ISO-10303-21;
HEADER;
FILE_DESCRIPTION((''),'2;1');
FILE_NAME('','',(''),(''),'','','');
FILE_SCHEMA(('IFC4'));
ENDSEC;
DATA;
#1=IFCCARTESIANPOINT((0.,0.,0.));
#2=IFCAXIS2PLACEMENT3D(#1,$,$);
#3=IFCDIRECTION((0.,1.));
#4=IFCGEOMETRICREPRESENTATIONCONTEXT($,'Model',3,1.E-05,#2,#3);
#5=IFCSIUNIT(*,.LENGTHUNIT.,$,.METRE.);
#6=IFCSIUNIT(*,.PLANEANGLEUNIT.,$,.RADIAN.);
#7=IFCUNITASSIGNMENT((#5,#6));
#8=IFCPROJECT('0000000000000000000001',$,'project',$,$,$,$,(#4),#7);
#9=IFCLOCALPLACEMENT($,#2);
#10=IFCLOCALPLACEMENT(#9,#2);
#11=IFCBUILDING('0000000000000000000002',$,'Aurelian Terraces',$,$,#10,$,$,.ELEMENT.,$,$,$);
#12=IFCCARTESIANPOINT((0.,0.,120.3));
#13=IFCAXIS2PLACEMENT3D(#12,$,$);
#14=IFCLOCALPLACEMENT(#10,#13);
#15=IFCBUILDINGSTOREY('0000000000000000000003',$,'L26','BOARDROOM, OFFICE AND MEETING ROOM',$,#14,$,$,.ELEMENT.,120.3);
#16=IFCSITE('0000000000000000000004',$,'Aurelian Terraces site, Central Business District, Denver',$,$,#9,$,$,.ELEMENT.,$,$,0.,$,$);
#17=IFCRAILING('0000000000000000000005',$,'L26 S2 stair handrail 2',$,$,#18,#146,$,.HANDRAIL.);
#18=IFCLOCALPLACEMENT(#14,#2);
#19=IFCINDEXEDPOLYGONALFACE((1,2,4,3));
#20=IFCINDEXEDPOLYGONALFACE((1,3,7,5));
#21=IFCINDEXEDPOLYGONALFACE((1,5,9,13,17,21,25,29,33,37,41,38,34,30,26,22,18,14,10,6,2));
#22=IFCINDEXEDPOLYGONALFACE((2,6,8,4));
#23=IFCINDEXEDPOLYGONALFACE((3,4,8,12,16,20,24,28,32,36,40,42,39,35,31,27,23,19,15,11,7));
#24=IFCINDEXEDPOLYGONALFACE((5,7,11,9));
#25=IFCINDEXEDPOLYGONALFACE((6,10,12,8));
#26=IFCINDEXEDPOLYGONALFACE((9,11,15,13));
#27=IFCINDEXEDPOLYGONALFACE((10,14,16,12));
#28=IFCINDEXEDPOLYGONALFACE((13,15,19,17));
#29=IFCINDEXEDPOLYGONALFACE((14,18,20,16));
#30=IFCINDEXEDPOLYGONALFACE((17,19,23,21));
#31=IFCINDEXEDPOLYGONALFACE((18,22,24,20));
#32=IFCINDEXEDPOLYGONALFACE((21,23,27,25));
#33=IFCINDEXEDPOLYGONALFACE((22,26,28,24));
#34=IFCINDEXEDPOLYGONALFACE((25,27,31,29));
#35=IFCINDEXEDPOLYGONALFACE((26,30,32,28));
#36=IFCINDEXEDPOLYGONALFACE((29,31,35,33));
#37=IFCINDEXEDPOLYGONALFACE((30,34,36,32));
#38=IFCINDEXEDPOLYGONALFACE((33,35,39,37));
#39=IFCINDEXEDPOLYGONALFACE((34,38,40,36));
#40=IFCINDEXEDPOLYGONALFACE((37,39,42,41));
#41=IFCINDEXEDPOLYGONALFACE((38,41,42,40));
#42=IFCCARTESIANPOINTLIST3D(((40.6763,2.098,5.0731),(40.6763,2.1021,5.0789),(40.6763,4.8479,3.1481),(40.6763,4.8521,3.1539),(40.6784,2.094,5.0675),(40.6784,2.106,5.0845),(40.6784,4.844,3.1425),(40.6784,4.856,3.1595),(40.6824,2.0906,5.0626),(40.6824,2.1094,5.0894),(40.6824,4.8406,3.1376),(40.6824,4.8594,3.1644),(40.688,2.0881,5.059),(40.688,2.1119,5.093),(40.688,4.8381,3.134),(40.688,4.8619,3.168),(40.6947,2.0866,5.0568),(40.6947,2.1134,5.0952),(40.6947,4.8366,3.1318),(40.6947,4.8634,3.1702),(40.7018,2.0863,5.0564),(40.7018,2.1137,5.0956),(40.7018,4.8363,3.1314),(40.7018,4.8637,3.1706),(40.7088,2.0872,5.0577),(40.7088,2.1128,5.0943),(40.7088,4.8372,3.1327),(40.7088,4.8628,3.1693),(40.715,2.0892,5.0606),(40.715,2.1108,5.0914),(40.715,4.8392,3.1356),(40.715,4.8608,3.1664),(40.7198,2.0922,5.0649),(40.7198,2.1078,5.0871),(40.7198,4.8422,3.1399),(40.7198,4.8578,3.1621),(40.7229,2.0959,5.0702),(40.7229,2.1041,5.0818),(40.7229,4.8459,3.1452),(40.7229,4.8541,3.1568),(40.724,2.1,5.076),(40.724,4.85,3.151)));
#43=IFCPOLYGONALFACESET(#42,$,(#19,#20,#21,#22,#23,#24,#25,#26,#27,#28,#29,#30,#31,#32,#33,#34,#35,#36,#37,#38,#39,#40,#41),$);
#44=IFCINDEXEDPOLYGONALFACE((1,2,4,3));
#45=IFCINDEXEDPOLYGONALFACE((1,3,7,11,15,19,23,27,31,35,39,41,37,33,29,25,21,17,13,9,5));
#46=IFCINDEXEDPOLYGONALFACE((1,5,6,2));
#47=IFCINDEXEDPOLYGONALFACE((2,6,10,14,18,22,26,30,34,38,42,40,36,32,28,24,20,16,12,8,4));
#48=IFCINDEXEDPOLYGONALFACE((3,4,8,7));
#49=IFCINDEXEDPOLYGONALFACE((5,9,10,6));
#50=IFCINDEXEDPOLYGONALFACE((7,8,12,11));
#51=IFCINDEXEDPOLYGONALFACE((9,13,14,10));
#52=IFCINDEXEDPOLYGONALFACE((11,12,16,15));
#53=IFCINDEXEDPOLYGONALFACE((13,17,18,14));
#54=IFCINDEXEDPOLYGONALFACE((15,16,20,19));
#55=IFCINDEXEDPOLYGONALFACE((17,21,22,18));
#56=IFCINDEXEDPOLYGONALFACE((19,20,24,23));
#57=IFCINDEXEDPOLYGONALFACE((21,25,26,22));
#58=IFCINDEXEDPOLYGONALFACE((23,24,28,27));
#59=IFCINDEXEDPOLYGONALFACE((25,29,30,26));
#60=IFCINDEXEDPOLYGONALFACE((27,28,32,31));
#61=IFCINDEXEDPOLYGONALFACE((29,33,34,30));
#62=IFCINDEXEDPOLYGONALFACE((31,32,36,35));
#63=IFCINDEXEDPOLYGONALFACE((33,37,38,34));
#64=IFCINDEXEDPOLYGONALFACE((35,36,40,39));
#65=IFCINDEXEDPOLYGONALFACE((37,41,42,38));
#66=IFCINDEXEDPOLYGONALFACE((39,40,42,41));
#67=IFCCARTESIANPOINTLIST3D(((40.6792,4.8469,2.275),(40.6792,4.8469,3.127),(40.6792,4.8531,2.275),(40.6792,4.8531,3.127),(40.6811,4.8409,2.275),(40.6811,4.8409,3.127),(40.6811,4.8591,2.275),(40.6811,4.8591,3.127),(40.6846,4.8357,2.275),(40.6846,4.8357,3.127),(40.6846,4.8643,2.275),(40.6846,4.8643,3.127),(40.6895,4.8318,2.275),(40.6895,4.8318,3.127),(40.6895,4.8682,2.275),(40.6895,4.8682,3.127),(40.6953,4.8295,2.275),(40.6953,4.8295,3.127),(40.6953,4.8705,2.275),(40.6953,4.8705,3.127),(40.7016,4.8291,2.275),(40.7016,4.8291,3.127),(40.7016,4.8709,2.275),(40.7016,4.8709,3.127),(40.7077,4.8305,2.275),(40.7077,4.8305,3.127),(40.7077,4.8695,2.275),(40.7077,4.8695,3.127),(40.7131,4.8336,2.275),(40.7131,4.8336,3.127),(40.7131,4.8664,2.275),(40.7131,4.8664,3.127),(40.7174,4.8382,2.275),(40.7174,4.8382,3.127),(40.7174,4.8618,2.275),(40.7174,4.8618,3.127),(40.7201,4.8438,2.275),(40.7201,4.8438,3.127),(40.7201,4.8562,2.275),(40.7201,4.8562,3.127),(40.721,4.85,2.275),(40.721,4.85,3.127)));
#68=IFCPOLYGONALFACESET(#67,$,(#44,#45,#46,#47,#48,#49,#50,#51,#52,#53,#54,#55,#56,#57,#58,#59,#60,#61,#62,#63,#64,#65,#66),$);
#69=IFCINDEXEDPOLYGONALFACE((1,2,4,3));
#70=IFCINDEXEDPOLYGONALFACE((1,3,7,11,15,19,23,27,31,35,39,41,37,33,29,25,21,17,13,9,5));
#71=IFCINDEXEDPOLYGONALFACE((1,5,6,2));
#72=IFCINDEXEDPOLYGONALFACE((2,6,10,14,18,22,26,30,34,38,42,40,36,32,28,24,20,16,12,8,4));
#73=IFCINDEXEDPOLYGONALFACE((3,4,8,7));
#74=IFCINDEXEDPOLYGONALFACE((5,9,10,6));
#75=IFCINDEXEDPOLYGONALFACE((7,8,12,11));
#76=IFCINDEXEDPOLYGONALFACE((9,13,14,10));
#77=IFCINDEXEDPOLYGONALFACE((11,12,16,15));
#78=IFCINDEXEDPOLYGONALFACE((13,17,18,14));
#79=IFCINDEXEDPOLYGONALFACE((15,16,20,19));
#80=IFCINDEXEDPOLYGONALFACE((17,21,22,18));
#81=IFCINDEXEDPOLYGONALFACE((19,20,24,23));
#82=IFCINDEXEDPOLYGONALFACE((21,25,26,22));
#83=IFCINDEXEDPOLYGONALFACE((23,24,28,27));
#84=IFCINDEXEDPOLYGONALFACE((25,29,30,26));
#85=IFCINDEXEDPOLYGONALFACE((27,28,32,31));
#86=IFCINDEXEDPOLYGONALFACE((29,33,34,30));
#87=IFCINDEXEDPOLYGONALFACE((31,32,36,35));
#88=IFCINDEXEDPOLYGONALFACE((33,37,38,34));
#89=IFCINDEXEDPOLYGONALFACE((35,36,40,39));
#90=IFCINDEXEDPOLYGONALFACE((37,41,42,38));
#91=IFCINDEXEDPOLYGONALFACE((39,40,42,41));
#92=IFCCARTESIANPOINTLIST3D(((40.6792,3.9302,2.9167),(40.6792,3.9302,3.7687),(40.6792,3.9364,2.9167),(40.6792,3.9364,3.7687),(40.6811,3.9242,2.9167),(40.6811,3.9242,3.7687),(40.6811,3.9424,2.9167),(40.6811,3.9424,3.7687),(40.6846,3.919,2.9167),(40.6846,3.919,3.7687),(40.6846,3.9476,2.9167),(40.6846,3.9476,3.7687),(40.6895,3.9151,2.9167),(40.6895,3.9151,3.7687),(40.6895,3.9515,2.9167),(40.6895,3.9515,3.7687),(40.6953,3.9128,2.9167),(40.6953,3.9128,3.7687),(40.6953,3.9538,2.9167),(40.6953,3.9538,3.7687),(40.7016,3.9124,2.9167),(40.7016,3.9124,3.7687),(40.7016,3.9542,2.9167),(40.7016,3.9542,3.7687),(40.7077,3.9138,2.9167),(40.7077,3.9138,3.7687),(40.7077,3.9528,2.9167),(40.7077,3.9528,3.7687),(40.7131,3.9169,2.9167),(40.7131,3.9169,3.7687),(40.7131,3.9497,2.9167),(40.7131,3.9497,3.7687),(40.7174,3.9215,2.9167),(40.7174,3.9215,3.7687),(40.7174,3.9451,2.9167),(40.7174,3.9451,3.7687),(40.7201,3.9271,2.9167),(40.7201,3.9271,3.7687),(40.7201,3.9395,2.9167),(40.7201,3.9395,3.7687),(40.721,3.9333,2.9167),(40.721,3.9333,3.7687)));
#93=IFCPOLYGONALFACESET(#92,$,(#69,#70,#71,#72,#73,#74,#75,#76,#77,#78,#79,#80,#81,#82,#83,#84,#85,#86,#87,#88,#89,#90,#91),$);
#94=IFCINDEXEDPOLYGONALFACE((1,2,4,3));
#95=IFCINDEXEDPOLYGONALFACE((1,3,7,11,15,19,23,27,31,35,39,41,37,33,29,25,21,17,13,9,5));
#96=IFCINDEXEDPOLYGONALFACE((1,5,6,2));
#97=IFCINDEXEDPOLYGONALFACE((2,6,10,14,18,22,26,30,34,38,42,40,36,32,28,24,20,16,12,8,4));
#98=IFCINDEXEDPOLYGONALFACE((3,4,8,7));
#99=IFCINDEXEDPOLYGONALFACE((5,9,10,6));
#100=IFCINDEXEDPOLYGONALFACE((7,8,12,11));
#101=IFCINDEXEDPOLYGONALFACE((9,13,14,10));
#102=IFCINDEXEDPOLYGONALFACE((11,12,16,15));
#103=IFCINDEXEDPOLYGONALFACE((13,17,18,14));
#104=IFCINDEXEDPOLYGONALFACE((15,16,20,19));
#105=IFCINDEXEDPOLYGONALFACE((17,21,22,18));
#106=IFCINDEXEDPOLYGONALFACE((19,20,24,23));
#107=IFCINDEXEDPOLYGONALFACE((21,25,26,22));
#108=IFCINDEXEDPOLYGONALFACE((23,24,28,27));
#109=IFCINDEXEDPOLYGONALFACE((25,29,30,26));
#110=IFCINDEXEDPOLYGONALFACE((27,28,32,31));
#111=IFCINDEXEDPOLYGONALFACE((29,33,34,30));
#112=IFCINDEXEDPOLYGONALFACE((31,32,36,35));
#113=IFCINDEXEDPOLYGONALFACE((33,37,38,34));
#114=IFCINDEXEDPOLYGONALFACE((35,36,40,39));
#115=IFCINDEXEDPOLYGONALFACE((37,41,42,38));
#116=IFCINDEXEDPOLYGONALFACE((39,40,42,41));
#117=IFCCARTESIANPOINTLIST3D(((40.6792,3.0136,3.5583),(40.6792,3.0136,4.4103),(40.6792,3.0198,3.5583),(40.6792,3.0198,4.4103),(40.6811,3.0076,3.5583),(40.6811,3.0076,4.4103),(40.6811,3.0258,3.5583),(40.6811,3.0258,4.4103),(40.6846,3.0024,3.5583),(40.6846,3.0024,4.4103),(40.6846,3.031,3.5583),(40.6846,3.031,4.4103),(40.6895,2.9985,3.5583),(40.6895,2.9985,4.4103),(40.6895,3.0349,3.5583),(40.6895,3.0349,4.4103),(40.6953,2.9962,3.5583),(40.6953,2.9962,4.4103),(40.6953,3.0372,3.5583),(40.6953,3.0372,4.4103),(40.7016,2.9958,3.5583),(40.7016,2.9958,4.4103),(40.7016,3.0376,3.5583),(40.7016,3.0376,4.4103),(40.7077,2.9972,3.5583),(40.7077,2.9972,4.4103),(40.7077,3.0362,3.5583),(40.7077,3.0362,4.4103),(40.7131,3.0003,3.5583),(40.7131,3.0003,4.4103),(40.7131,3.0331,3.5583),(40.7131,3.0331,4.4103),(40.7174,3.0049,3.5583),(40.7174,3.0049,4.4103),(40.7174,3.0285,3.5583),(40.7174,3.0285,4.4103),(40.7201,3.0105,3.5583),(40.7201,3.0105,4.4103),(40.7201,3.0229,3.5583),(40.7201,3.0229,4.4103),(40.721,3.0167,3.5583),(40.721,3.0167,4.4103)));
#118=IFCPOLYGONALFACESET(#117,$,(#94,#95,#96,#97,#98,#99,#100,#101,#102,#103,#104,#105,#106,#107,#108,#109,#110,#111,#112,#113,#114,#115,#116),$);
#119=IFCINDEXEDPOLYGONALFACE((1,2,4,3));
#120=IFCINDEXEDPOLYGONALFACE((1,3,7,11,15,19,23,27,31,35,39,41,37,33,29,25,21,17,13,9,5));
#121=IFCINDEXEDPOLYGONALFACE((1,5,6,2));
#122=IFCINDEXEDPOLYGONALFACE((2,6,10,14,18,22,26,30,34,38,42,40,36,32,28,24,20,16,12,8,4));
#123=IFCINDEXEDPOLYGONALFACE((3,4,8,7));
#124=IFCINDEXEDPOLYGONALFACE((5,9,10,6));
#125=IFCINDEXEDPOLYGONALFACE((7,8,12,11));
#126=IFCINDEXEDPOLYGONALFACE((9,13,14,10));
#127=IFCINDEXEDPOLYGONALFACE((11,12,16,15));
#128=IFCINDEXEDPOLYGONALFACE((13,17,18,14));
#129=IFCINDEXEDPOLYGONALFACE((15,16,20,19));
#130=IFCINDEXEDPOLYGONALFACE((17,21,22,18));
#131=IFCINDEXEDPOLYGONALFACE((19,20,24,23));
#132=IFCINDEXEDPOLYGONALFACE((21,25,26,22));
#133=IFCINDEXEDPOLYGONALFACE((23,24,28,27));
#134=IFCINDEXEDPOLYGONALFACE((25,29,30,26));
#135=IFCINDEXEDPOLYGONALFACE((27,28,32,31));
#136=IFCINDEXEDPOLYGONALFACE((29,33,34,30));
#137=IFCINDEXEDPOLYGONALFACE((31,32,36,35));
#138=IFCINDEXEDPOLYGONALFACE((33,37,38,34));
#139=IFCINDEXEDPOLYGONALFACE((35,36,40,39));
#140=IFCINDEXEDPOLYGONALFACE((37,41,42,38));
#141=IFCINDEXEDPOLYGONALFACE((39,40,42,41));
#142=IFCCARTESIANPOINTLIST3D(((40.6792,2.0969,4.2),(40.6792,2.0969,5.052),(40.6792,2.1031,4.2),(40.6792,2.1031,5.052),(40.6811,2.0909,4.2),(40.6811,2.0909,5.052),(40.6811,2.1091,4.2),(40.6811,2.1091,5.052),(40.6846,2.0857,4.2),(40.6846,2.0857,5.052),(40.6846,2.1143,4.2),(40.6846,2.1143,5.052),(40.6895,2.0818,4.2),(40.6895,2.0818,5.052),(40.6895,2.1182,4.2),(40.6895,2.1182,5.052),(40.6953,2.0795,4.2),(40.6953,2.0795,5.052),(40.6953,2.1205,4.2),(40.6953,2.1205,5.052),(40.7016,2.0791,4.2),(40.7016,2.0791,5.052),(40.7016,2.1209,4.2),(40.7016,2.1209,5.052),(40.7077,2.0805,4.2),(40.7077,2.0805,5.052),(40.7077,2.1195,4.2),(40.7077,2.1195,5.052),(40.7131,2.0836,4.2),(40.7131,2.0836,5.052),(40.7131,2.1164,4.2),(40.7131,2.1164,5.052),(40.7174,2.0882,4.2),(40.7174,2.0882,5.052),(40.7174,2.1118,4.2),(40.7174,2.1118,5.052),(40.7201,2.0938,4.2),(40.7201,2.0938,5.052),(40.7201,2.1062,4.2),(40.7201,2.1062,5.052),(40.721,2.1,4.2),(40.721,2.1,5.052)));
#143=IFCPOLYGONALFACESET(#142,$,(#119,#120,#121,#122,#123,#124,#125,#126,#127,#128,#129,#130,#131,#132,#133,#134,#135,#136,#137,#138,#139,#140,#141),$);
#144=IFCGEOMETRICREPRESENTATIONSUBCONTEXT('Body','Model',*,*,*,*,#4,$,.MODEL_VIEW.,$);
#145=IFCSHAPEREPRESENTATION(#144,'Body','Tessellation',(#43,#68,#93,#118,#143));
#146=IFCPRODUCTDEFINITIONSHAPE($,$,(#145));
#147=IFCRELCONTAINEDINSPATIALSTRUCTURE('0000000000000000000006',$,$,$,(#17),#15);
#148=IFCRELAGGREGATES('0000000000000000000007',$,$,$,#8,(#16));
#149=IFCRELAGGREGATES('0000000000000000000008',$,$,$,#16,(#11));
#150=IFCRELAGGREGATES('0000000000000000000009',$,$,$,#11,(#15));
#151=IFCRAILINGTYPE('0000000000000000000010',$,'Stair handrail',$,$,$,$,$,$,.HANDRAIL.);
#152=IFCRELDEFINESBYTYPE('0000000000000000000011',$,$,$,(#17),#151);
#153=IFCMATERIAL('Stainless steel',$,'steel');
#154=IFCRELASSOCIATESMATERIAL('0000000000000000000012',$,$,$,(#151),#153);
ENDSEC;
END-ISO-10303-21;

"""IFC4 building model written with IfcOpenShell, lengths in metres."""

from ifc_helpers import new_model, si_unit, direction, frame, origin, origin_2d, place, context, subcontext, project, spatial, circle, extrude, source, transform, mapped, material, type_object, element, save


model = new_model("IFC4")

# Units and contexts
model_context = context("Model", 3, precision=1e-05, world=origin(), true_north=direction((0.0, 1.0)))
body_context = subcontext(model_context, "Body", "Model", "MODEL_VIEW")
ifc_project = project(units=[si_unit("LENGTHUNIT", "METRE"), si_unit("PLANEANGLEUNIT", "RADIAN")], contexts=[model_context])

# Site, building, storey
site_placement = place(None, origin())
site = spatial("IfcSite", under=ifc_project, at=site_placement, Name="Aurelian Terraces site, Central Business District, Denver", CompositionType="ELEMENT", RefElevation=0.0)
building_placement = place(site_placement, origin())
building = spatial("IfcBuilding", under=site, at=building_placement, Name="Aurelian Terraces", CompositionType="ELEMENT")
storey_placement = place(building_placement, frame((0.0, 0.0, 120.3)))
storey = spatial("IfcBuildingStorey", under=building, at=storey_placement, Name="L26", Description="BOARDROOM, OFFICE AND MEETING ROOM", CompositionType="ELEMENT", Elevation=120.3)

# Railing
ifc_material_1 = material(Name="Stainless steel", Category="steel")
railing_type_1 = type_object("IfcRailingType", Name="Stair handrail", PredefinedType="HANDRAIL", material=ifc_material_1)
shared_shape_1 = source(origin(), body_context, "Body", "SweptSolid", [
    extrude(circle(Radius=0.024, at=origin_2d()), frame((0.0, 0.0, 0.876), z_axis=(0.0, -0.819232, 0.573462), x_axis=(1.0, 0.0, 0.0)), (0.0, 0.0, 1.0), 3.3568),
    extrude(circle(Radius=0.021, at=origin_2d()), origin(), (0.0, 0.0, 1.0), 0.852),
    extrude(circle(Radius=0.021, at=origin_2d()), frame((0.0, -0.9167, 0.6417)), (0.0, 0.0, 1.0), 0.852),
    extrude(circle(Radius=0.021, at=origin_2d()), frame((0.0, -1.8333, 1.2833)), (0.0, 0.0, 1.0), 0.852),
    extrude(circle(Radius=0.021, at=origin_2d()), frame((0.0, -2.75, 1.925)), (0.0, 0.0, 1.0), 0.852),
])
railing_1_placement = place(storey_placement, frame((40.7, 4.85, 2.275)))
element("IfcRailing", 1, at=railing_1_placement, inside=storey, type_object=railing_type_1, Name="L26 S2 stair handrail 2", PredefinedType="HANDRAIL", context=body_context, shape_type="MappedRepresentation", body=[
    mapped(shared_shape_1, transform((0.0, 0.0, 0.0), scale=1.0)),
])

save(model, "model.ifc")
